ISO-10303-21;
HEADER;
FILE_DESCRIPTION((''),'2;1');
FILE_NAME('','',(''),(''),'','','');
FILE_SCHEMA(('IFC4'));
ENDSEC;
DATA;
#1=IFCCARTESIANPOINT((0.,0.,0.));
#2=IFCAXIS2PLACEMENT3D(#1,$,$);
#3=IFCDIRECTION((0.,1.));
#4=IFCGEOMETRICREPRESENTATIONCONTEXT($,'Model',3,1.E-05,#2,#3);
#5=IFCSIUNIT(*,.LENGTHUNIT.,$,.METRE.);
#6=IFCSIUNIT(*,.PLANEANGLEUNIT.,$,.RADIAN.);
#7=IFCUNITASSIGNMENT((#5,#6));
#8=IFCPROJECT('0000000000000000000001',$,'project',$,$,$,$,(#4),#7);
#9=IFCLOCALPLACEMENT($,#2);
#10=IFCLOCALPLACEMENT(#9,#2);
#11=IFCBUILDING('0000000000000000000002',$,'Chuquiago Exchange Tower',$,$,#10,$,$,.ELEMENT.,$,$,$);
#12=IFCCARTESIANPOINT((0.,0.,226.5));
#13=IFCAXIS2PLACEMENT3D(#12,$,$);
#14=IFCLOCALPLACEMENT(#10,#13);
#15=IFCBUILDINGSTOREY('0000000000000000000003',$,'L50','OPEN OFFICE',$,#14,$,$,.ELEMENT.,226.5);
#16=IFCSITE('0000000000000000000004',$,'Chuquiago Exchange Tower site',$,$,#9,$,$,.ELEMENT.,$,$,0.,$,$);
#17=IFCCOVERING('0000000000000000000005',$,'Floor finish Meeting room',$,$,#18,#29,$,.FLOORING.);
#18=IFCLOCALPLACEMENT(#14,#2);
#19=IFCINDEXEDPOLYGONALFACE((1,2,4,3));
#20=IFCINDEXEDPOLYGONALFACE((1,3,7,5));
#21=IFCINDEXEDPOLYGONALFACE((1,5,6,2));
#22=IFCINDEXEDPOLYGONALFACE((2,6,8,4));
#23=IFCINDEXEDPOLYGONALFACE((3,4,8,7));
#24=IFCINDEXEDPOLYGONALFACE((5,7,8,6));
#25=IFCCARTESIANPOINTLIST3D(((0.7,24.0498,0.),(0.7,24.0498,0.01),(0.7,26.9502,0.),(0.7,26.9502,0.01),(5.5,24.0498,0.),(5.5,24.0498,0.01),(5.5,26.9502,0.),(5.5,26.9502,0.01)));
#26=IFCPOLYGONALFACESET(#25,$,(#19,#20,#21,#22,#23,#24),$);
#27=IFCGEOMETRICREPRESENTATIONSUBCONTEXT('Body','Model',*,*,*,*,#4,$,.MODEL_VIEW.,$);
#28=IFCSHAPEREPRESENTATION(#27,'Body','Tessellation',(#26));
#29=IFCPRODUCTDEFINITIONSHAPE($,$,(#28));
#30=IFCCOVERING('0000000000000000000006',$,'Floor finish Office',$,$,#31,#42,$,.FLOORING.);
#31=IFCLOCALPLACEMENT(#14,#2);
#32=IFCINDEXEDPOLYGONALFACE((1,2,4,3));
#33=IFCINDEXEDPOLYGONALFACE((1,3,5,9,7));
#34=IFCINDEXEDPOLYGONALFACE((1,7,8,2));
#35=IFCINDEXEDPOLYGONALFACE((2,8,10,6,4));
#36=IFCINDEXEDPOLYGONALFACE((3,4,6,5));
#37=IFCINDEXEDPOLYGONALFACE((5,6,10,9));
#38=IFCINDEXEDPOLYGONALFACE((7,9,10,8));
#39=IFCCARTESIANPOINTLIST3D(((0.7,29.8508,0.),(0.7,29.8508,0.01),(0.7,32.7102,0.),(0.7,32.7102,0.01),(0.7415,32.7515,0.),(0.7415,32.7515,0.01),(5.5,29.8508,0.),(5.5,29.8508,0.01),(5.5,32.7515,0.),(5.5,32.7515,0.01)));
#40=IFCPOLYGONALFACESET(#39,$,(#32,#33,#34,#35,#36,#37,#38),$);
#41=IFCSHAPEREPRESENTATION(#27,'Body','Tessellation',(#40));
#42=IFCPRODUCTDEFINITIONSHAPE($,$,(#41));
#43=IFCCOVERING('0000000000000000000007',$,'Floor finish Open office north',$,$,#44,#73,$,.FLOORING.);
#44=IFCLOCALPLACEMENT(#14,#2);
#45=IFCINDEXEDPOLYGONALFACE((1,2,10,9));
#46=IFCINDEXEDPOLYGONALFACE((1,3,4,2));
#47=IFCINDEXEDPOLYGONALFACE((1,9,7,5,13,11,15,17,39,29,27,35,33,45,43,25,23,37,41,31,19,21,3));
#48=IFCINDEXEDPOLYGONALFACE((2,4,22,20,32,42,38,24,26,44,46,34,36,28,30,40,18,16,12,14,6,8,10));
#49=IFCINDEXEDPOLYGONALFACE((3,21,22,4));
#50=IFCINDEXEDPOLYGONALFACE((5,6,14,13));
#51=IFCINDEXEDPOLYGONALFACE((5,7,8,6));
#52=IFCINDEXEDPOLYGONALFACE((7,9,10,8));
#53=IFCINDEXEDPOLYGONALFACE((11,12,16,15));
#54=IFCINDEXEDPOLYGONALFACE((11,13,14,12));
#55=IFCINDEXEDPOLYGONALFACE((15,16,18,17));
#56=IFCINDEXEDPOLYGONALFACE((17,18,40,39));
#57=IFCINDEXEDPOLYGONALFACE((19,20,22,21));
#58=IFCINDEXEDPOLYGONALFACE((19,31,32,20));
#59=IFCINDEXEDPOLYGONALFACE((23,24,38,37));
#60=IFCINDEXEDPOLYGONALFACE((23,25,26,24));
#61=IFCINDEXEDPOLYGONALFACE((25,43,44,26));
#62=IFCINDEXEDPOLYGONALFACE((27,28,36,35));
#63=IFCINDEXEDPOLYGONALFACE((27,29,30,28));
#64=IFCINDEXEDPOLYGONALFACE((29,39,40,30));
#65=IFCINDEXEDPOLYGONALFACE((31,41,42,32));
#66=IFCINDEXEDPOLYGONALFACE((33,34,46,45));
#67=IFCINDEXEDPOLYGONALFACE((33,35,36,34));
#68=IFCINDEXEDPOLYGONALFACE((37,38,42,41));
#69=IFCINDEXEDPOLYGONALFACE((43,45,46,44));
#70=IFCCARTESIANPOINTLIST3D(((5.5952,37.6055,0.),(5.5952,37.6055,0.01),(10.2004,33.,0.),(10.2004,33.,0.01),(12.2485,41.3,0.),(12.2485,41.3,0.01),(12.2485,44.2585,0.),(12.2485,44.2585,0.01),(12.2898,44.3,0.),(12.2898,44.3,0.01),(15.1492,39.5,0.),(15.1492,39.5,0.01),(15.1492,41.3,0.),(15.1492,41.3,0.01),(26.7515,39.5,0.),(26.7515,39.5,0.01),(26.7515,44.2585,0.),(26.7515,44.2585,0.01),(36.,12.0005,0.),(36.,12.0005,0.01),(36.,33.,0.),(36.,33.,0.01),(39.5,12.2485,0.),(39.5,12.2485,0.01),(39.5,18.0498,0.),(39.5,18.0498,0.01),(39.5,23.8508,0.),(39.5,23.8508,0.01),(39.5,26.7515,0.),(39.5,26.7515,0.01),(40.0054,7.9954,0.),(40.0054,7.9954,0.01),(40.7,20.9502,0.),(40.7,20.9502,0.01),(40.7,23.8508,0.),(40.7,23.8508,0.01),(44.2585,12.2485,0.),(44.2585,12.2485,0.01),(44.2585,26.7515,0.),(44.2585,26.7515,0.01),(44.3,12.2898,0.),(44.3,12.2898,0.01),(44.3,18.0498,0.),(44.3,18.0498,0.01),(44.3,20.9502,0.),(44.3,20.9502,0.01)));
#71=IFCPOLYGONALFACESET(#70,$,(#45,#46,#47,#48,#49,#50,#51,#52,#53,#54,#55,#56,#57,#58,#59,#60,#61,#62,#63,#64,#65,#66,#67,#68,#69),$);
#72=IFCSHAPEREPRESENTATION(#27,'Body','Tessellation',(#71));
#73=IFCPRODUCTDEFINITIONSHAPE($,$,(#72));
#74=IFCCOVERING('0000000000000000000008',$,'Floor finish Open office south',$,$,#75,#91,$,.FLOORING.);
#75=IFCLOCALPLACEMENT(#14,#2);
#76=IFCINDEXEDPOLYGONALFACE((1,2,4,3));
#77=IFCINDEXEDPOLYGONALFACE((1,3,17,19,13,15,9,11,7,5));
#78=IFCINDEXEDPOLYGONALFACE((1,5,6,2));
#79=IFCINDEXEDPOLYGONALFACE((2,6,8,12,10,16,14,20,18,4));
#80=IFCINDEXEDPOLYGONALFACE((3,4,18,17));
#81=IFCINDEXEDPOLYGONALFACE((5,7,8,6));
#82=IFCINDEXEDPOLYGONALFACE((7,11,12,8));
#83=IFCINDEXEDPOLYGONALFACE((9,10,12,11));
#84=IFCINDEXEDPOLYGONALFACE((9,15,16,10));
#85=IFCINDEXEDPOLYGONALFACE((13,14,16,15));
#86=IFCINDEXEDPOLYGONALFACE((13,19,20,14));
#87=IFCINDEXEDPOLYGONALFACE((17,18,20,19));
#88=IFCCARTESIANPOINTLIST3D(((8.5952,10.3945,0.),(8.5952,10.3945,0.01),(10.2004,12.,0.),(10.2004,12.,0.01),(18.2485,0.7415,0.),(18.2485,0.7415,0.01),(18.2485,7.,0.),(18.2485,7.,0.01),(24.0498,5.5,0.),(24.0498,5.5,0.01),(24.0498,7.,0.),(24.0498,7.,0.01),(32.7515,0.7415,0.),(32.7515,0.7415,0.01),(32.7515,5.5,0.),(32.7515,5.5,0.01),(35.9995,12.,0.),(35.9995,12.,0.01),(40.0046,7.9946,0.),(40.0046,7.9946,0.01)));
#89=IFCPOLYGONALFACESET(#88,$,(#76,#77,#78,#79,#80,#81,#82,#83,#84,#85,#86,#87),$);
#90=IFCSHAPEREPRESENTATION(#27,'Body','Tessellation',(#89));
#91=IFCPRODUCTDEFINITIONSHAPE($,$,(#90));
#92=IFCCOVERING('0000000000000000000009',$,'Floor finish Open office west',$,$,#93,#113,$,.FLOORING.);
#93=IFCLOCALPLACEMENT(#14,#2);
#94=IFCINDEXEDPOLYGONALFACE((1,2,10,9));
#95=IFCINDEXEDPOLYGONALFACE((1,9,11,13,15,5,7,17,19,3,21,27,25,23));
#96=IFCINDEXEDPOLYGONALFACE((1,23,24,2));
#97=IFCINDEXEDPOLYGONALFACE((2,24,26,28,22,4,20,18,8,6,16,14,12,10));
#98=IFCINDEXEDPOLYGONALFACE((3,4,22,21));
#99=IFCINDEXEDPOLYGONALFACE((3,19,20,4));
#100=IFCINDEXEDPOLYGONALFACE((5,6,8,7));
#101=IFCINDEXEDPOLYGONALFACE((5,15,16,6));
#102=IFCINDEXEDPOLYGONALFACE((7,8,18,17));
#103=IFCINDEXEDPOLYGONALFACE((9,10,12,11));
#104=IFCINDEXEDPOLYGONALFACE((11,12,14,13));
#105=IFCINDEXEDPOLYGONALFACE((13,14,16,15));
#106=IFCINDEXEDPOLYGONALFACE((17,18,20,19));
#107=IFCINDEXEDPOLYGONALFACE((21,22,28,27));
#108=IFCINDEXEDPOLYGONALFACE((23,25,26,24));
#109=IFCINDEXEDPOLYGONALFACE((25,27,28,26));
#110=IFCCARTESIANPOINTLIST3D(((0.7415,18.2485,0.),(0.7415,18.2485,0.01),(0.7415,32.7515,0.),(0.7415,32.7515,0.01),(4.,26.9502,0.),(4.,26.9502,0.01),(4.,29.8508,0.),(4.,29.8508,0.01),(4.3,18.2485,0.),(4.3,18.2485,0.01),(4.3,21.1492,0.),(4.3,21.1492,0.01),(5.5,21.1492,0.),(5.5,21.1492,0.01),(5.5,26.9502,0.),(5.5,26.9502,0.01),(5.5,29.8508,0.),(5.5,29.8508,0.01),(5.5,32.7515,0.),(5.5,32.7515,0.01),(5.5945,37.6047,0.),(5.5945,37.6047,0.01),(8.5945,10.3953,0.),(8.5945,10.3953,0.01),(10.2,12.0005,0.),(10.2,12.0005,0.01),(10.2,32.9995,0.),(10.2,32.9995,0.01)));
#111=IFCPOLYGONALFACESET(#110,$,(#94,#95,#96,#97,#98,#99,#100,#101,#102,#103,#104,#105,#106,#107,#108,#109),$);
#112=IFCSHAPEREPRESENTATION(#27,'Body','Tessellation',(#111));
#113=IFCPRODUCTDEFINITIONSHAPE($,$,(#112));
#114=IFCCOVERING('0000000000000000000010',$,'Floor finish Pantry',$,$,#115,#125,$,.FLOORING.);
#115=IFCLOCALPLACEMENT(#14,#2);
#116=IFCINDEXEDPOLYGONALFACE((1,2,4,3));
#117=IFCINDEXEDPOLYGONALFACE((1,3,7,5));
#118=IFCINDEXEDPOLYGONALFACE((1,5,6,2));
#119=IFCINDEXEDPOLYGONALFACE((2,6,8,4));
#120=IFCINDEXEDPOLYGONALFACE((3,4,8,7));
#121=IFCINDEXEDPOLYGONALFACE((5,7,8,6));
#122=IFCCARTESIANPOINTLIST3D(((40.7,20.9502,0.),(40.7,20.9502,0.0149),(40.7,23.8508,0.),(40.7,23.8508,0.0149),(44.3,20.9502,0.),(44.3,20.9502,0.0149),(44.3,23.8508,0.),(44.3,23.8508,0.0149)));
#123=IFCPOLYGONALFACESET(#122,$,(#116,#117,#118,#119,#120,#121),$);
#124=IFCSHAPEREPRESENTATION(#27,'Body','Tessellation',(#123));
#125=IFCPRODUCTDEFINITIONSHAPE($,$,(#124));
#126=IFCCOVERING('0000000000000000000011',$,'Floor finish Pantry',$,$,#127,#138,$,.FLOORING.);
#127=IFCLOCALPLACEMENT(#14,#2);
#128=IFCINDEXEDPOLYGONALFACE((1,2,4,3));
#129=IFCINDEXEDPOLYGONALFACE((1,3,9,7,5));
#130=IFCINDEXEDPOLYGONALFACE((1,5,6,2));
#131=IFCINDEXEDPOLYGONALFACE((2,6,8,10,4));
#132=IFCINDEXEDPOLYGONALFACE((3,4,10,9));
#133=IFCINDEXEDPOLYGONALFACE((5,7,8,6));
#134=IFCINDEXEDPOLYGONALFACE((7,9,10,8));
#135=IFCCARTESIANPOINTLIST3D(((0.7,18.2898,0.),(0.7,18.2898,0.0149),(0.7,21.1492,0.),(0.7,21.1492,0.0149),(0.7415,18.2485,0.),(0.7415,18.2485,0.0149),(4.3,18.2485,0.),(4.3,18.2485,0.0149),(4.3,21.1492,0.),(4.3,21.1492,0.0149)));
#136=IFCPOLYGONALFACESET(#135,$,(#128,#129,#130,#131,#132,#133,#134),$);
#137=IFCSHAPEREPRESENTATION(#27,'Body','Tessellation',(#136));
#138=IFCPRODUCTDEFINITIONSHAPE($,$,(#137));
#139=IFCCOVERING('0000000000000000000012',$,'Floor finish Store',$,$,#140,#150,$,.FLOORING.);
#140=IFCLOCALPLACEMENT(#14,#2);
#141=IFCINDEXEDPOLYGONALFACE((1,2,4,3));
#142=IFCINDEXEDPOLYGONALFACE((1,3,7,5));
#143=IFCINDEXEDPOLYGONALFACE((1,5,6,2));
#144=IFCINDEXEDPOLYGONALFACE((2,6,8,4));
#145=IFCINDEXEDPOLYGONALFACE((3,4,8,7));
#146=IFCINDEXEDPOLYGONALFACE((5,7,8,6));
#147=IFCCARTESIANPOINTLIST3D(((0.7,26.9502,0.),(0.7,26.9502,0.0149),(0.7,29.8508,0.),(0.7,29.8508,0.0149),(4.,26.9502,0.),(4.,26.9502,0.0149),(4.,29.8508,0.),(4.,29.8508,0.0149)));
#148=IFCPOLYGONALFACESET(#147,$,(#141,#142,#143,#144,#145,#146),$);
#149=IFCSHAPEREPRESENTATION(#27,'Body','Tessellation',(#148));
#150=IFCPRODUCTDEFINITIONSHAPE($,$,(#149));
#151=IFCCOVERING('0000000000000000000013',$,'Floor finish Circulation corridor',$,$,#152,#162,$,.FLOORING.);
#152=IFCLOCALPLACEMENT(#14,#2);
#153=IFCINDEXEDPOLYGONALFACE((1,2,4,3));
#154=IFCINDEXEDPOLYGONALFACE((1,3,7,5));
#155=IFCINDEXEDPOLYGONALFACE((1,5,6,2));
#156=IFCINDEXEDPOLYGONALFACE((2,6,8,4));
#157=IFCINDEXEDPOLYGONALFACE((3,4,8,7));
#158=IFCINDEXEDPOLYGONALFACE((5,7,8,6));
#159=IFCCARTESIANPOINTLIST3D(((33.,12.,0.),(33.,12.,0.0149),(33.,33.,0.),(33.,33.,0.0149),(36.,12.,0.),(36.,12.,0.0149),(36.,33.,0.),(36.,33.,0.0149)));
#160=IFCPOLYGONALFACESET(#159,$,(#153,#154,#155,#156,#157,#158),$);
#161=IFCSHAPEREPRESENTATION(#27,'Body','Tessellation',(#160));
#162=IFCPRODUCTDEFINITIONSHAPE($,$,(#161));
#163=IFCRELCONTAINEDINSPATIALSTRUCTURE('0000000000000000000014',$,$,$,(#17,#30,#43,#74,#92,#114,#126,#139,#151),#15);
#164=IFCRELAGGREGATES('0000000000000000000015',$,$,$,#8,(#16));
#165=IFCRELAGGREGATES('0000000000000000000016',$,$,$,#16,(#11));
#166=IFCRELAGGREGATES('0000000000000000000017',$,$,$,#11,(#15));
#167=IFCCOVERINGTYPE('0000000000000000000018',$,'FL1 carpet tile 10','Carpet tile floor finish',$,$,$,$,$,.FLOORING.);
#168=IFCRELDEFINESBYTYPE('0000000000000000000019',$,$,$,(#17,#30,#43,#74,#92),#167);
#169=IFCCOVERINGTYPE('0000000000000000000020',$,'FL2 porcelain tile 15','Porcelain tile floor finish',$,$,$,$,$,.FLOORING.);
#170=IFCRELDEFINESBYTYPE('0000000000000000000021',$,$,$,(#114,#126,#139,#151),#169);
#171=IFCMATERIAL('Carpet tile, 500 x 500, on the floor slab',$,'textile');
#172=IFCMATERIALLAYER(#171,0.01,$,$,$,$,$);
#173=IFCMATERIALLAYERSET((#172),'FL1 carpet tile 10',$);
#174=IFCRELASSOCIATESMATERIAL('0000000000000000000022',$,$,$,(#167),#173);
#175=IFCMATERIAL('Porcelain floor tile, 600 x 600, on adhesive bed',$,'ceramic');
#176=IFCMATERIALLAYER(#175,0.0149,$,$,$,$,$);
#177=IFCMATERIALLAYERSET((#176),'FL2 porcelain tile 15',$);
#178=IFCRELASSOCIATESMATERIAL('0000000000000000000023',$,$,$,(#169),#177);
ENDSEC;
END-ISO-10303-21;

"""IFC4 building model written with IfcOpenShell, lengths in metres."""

from ifc_helpers import new_model, si_unit, direction, frame, origin, place, context, subcontext, project, spatial, polyline, outline, extrude, material, layer, layer_set, type_object, element, save


model = new_model("IFC4")

# Units and contexts
model_context = context("Model", 3, precision=1e-05, world=origin(), true_north=direction((0.0, 1.0)))
body_context = subcontext(model_context, "Body", "Model", "MODEL_VIEW")
ifc_project = project(units=[si_unit("LENGTHUNIT", "METRE"), si_unit("PLANEANGLEUNIT", "RADIAN")], contexts=[model_context])

# Site, building, storey
site_placement = place(None, origin())
site = spatial("IfcSite", under=ifc_project, at=site_placement, Name="Chuquiago Exchange Tower site", CompositionType="ELEMENT", RefElevation=0.0)
building_placement = place(site_placement, origin())
building = spatial("IfcBuilding", under=site, at=building_placement, Name="Chuquiago Exchange Tower", CompositionType="ELEMENT")
storey_placement = place(building_placement, frame((0.0, 0.0, 226.5)))
storey = spatial("IfcBuildingStorey", under=building, at=storey_placement, Name="L50", Description="OPEN OFFICE", CompositionType="ELEMENT", Elevation=226.5)

# Coverings
ifc_material_1 = material(Name="Carpet tile, 500 x 500, on the floor slab", Category="textile")
ifc_layer_1 = layer(ifc_material_1, 0.01)
ifc_layer_set_1 = layer_set([ifc_layer_1], Name="FL1 carpet tile 10")
covering_type_1 = type_object("IfcCoveringType", Name="FL1 carpet tile 10", Description="Carpet tile floor finish", PredefinedType="FLOORING", material=ifc_layer_set_1)
covering_1_placement = place(storey_placement, origin())
element("IfcCovering", 1, at=covering_1_placement, inside=storey, type_object=covering_type_1, Name="Floor finish Meeting room", PredefinedType="FLOORING", context=body_context, shape_type="SweptSolid", body=[
    extrude(outline(polyline([(0.7, 26.9502), (5.5, 26.9502), (5.5, 24.0498), (0.7, 24.0498), (0.7, 26.9502)])), origin(), (0.0, 0.0, 1.0), 0.01),
])
covering_2_placement = place(storey_placement, origin())
element("IfcCovering", 2, at=covering_2_placement, inside=storey, type_object=covering_type_1, Name="Floor finish Office", PredefinedType="FLOORING", context=body_context, shape_type="SweptSolid", body=[
    extrude(outline(polyline([(0.7, 32.7102), (0.7415, 32.7515), (5.5, 32.7515), (5.5, 29.8508), (0.7, 29.8508), (0.7, 32.7102)])), origin(), (0.0, 0.0, 1.0), 0.01),
])
covering_3_placement = place(storey_placement, origin())
element("IfcCovering", 3, at=covering_3_placement, inside=storey, type_object=covering_type_1, Name="Floor finish Open office north", PredefinedType="FLOORING", context=body_context, shape_type="SweptSolid", body=[
    extrude(outline(polyline([(12.2485, 41.3), (15.1492, 41.3), (15.1492, 39.5), (26.7515, 39.5), (26.7515, 44.2585), (44.2585, 26.7515), (39.5, 26.7515), (39.5, 23.8508), (40.7, 23.8508), (40.7, 20.9502), (44.3, 20.9502), (44.3, 18.0498), (39.5, 18.0498), (39.5, 12.2485), (44.2585, 12.2485), (44.3, 12.2898), (40.0054, 7.9954), (36.0, 12.0005), (36.0, 33.0), (10.2004, 33.0), (5.5952, 37.6055), (12.2898, 44.3), (12.2485, 44.2585), (12.2485, 41.3)])), origin(), (0.0, 0.0, 1.0), 0.01),
])
covering_4_placement = place(storey_placement, origin())
element("IfcCovering", 4, at=covering_4_placement, inside=storey, type_object=covering_type_1, Name="Floor finish Open office south", PredefinedType="FLOORING", context=body_context, shape_type="SweptSolid", body=[
    extrude(outline(polyline([(32.7515, 0.7415), (32.7515, 5.5), (24.0498, 5.5), (24.0498, 7.0), (18.2485, 7.0), (18.2485, 0.7415), (8.5952, 10.3945), (10.2004, 12.0), (35.9995, 12.0), (40.0046, 7.9946), (32.7515, 0.7415)])), origin(), (0.0, 0.0, 1.0), 0.01),
])
covering_5_placement = place(storey_placement, origin())
element("IfcCovering", 5, at=covering_5_placement, inside=storey, type_object=covering_type_1, Name="Floor finish Open office west", PredefinedType="FLOORING", context=body_context, shape_type="SweptSolid", body=[
    extrude(outline(polyline([(0.7415, 18.2485), (4.3, 18.2485), (4.3, 21.1492), (5.5, 21.1492), (5.5, 26.9502), (4.0, 26.9502), (4.0, 29.8508), (5.5, 29.8508), (5.5, 32.7515), (0.7415, 32.7515), (5.5945, 37.6047), (10.2, 32.9995), (10.2, 12.0005), (8.5945, 10.3953), (0.7415, 18.2485)])), origin(), (0.0, 0.0, 1.0), 0.01),
])
ifc_material_2 = material(Name="Porcelain floor tile, 600 x 600, on adhesive bed", Category="ceramic")
ifc_layer_2 = layer(ifc_material_2, 0.0149)
ifc_layer_set_2 = layer_set([ifc_layer_2], Name="FL2 porcelain tile 15")
covering_type_2 = type_object("IfcCoveringType", Name="FL2 porcelain tile 15", Description="Porcelain tile floor finish", PredefinedType="FLOORING", material=ifc_layer_set_2)
covering_6_placement = place(storey_placement, origin())
element("IfcCovering", 6, at=covering_6_placement, inside=storey, type_object=covering_type_2, Name="Floor finish Pantry", PredefinedType="FLOORING", context=body_context, shape_type="SweptSolid", body=[
    extrude(outline(polyline([(44.3, 20.9502), (40.7, 20.9502), (40.7, 23.8508), (44.3, 23.8508), (44.3, 20.9502)])), origin(), (0.0, 0.0, 1.0), 0.0149),
])
covering_7_placement = place(storey_placement, origin())
element("IfcCovering", 7, at=covering_7_placement, inside=storey, type_object=covering_type_2, Name="Floor finish Pantry", PredefinedType="FLOORING", context=body_context, shape_type="SweptSolid", body=[
    extrude(outline(polyline([(0.7, 21.1492), (4.3, 21.1492), (4.3, 18.2485), (0.7415, 18.2485), (0.7, 18.2898), (0.7, 21.1492)])), origin(), (0.0, 0.0, 1.0), 0.0149),
])
covering_8_placement = place(storey_placement, origin())
element("IfcCovering", 8, at=covering_8_placement, inside=storey, type_object=covering_type_2, Name="Floor finish Store", PredefinedType="FLOORING", context=body_context, shape_type="SweptSolid", body=[
    extrude(outline(polyline([(0.7, 29.8508), (4.0, 29.8508), (4.0, 26.9502), (0.7, 26.9502), (0.7, 29.8508)])), origin(), (0.0, 0.0, 1.0), 0.0149),
])
covering_9_placement = place(storey_placement, origin())
element("IfcCovering", 9, at=covering_9_placement, inside=storey, type_object=covering_type_2, Name="Floor finish Circulation corridor", PredefinedType="FLOORING", context=body_context, shape_type="SweptSolid", body=[
    extrude(outline(polyline([(33.0, 33.0), (36.0, 33.0), (36.0, 12.0), (33.0, 12.0), (33.0, 33.0)])), origin(), (0.0, 0.0, 1.0), 0.0149),
])

save(model, "model.ifc")
